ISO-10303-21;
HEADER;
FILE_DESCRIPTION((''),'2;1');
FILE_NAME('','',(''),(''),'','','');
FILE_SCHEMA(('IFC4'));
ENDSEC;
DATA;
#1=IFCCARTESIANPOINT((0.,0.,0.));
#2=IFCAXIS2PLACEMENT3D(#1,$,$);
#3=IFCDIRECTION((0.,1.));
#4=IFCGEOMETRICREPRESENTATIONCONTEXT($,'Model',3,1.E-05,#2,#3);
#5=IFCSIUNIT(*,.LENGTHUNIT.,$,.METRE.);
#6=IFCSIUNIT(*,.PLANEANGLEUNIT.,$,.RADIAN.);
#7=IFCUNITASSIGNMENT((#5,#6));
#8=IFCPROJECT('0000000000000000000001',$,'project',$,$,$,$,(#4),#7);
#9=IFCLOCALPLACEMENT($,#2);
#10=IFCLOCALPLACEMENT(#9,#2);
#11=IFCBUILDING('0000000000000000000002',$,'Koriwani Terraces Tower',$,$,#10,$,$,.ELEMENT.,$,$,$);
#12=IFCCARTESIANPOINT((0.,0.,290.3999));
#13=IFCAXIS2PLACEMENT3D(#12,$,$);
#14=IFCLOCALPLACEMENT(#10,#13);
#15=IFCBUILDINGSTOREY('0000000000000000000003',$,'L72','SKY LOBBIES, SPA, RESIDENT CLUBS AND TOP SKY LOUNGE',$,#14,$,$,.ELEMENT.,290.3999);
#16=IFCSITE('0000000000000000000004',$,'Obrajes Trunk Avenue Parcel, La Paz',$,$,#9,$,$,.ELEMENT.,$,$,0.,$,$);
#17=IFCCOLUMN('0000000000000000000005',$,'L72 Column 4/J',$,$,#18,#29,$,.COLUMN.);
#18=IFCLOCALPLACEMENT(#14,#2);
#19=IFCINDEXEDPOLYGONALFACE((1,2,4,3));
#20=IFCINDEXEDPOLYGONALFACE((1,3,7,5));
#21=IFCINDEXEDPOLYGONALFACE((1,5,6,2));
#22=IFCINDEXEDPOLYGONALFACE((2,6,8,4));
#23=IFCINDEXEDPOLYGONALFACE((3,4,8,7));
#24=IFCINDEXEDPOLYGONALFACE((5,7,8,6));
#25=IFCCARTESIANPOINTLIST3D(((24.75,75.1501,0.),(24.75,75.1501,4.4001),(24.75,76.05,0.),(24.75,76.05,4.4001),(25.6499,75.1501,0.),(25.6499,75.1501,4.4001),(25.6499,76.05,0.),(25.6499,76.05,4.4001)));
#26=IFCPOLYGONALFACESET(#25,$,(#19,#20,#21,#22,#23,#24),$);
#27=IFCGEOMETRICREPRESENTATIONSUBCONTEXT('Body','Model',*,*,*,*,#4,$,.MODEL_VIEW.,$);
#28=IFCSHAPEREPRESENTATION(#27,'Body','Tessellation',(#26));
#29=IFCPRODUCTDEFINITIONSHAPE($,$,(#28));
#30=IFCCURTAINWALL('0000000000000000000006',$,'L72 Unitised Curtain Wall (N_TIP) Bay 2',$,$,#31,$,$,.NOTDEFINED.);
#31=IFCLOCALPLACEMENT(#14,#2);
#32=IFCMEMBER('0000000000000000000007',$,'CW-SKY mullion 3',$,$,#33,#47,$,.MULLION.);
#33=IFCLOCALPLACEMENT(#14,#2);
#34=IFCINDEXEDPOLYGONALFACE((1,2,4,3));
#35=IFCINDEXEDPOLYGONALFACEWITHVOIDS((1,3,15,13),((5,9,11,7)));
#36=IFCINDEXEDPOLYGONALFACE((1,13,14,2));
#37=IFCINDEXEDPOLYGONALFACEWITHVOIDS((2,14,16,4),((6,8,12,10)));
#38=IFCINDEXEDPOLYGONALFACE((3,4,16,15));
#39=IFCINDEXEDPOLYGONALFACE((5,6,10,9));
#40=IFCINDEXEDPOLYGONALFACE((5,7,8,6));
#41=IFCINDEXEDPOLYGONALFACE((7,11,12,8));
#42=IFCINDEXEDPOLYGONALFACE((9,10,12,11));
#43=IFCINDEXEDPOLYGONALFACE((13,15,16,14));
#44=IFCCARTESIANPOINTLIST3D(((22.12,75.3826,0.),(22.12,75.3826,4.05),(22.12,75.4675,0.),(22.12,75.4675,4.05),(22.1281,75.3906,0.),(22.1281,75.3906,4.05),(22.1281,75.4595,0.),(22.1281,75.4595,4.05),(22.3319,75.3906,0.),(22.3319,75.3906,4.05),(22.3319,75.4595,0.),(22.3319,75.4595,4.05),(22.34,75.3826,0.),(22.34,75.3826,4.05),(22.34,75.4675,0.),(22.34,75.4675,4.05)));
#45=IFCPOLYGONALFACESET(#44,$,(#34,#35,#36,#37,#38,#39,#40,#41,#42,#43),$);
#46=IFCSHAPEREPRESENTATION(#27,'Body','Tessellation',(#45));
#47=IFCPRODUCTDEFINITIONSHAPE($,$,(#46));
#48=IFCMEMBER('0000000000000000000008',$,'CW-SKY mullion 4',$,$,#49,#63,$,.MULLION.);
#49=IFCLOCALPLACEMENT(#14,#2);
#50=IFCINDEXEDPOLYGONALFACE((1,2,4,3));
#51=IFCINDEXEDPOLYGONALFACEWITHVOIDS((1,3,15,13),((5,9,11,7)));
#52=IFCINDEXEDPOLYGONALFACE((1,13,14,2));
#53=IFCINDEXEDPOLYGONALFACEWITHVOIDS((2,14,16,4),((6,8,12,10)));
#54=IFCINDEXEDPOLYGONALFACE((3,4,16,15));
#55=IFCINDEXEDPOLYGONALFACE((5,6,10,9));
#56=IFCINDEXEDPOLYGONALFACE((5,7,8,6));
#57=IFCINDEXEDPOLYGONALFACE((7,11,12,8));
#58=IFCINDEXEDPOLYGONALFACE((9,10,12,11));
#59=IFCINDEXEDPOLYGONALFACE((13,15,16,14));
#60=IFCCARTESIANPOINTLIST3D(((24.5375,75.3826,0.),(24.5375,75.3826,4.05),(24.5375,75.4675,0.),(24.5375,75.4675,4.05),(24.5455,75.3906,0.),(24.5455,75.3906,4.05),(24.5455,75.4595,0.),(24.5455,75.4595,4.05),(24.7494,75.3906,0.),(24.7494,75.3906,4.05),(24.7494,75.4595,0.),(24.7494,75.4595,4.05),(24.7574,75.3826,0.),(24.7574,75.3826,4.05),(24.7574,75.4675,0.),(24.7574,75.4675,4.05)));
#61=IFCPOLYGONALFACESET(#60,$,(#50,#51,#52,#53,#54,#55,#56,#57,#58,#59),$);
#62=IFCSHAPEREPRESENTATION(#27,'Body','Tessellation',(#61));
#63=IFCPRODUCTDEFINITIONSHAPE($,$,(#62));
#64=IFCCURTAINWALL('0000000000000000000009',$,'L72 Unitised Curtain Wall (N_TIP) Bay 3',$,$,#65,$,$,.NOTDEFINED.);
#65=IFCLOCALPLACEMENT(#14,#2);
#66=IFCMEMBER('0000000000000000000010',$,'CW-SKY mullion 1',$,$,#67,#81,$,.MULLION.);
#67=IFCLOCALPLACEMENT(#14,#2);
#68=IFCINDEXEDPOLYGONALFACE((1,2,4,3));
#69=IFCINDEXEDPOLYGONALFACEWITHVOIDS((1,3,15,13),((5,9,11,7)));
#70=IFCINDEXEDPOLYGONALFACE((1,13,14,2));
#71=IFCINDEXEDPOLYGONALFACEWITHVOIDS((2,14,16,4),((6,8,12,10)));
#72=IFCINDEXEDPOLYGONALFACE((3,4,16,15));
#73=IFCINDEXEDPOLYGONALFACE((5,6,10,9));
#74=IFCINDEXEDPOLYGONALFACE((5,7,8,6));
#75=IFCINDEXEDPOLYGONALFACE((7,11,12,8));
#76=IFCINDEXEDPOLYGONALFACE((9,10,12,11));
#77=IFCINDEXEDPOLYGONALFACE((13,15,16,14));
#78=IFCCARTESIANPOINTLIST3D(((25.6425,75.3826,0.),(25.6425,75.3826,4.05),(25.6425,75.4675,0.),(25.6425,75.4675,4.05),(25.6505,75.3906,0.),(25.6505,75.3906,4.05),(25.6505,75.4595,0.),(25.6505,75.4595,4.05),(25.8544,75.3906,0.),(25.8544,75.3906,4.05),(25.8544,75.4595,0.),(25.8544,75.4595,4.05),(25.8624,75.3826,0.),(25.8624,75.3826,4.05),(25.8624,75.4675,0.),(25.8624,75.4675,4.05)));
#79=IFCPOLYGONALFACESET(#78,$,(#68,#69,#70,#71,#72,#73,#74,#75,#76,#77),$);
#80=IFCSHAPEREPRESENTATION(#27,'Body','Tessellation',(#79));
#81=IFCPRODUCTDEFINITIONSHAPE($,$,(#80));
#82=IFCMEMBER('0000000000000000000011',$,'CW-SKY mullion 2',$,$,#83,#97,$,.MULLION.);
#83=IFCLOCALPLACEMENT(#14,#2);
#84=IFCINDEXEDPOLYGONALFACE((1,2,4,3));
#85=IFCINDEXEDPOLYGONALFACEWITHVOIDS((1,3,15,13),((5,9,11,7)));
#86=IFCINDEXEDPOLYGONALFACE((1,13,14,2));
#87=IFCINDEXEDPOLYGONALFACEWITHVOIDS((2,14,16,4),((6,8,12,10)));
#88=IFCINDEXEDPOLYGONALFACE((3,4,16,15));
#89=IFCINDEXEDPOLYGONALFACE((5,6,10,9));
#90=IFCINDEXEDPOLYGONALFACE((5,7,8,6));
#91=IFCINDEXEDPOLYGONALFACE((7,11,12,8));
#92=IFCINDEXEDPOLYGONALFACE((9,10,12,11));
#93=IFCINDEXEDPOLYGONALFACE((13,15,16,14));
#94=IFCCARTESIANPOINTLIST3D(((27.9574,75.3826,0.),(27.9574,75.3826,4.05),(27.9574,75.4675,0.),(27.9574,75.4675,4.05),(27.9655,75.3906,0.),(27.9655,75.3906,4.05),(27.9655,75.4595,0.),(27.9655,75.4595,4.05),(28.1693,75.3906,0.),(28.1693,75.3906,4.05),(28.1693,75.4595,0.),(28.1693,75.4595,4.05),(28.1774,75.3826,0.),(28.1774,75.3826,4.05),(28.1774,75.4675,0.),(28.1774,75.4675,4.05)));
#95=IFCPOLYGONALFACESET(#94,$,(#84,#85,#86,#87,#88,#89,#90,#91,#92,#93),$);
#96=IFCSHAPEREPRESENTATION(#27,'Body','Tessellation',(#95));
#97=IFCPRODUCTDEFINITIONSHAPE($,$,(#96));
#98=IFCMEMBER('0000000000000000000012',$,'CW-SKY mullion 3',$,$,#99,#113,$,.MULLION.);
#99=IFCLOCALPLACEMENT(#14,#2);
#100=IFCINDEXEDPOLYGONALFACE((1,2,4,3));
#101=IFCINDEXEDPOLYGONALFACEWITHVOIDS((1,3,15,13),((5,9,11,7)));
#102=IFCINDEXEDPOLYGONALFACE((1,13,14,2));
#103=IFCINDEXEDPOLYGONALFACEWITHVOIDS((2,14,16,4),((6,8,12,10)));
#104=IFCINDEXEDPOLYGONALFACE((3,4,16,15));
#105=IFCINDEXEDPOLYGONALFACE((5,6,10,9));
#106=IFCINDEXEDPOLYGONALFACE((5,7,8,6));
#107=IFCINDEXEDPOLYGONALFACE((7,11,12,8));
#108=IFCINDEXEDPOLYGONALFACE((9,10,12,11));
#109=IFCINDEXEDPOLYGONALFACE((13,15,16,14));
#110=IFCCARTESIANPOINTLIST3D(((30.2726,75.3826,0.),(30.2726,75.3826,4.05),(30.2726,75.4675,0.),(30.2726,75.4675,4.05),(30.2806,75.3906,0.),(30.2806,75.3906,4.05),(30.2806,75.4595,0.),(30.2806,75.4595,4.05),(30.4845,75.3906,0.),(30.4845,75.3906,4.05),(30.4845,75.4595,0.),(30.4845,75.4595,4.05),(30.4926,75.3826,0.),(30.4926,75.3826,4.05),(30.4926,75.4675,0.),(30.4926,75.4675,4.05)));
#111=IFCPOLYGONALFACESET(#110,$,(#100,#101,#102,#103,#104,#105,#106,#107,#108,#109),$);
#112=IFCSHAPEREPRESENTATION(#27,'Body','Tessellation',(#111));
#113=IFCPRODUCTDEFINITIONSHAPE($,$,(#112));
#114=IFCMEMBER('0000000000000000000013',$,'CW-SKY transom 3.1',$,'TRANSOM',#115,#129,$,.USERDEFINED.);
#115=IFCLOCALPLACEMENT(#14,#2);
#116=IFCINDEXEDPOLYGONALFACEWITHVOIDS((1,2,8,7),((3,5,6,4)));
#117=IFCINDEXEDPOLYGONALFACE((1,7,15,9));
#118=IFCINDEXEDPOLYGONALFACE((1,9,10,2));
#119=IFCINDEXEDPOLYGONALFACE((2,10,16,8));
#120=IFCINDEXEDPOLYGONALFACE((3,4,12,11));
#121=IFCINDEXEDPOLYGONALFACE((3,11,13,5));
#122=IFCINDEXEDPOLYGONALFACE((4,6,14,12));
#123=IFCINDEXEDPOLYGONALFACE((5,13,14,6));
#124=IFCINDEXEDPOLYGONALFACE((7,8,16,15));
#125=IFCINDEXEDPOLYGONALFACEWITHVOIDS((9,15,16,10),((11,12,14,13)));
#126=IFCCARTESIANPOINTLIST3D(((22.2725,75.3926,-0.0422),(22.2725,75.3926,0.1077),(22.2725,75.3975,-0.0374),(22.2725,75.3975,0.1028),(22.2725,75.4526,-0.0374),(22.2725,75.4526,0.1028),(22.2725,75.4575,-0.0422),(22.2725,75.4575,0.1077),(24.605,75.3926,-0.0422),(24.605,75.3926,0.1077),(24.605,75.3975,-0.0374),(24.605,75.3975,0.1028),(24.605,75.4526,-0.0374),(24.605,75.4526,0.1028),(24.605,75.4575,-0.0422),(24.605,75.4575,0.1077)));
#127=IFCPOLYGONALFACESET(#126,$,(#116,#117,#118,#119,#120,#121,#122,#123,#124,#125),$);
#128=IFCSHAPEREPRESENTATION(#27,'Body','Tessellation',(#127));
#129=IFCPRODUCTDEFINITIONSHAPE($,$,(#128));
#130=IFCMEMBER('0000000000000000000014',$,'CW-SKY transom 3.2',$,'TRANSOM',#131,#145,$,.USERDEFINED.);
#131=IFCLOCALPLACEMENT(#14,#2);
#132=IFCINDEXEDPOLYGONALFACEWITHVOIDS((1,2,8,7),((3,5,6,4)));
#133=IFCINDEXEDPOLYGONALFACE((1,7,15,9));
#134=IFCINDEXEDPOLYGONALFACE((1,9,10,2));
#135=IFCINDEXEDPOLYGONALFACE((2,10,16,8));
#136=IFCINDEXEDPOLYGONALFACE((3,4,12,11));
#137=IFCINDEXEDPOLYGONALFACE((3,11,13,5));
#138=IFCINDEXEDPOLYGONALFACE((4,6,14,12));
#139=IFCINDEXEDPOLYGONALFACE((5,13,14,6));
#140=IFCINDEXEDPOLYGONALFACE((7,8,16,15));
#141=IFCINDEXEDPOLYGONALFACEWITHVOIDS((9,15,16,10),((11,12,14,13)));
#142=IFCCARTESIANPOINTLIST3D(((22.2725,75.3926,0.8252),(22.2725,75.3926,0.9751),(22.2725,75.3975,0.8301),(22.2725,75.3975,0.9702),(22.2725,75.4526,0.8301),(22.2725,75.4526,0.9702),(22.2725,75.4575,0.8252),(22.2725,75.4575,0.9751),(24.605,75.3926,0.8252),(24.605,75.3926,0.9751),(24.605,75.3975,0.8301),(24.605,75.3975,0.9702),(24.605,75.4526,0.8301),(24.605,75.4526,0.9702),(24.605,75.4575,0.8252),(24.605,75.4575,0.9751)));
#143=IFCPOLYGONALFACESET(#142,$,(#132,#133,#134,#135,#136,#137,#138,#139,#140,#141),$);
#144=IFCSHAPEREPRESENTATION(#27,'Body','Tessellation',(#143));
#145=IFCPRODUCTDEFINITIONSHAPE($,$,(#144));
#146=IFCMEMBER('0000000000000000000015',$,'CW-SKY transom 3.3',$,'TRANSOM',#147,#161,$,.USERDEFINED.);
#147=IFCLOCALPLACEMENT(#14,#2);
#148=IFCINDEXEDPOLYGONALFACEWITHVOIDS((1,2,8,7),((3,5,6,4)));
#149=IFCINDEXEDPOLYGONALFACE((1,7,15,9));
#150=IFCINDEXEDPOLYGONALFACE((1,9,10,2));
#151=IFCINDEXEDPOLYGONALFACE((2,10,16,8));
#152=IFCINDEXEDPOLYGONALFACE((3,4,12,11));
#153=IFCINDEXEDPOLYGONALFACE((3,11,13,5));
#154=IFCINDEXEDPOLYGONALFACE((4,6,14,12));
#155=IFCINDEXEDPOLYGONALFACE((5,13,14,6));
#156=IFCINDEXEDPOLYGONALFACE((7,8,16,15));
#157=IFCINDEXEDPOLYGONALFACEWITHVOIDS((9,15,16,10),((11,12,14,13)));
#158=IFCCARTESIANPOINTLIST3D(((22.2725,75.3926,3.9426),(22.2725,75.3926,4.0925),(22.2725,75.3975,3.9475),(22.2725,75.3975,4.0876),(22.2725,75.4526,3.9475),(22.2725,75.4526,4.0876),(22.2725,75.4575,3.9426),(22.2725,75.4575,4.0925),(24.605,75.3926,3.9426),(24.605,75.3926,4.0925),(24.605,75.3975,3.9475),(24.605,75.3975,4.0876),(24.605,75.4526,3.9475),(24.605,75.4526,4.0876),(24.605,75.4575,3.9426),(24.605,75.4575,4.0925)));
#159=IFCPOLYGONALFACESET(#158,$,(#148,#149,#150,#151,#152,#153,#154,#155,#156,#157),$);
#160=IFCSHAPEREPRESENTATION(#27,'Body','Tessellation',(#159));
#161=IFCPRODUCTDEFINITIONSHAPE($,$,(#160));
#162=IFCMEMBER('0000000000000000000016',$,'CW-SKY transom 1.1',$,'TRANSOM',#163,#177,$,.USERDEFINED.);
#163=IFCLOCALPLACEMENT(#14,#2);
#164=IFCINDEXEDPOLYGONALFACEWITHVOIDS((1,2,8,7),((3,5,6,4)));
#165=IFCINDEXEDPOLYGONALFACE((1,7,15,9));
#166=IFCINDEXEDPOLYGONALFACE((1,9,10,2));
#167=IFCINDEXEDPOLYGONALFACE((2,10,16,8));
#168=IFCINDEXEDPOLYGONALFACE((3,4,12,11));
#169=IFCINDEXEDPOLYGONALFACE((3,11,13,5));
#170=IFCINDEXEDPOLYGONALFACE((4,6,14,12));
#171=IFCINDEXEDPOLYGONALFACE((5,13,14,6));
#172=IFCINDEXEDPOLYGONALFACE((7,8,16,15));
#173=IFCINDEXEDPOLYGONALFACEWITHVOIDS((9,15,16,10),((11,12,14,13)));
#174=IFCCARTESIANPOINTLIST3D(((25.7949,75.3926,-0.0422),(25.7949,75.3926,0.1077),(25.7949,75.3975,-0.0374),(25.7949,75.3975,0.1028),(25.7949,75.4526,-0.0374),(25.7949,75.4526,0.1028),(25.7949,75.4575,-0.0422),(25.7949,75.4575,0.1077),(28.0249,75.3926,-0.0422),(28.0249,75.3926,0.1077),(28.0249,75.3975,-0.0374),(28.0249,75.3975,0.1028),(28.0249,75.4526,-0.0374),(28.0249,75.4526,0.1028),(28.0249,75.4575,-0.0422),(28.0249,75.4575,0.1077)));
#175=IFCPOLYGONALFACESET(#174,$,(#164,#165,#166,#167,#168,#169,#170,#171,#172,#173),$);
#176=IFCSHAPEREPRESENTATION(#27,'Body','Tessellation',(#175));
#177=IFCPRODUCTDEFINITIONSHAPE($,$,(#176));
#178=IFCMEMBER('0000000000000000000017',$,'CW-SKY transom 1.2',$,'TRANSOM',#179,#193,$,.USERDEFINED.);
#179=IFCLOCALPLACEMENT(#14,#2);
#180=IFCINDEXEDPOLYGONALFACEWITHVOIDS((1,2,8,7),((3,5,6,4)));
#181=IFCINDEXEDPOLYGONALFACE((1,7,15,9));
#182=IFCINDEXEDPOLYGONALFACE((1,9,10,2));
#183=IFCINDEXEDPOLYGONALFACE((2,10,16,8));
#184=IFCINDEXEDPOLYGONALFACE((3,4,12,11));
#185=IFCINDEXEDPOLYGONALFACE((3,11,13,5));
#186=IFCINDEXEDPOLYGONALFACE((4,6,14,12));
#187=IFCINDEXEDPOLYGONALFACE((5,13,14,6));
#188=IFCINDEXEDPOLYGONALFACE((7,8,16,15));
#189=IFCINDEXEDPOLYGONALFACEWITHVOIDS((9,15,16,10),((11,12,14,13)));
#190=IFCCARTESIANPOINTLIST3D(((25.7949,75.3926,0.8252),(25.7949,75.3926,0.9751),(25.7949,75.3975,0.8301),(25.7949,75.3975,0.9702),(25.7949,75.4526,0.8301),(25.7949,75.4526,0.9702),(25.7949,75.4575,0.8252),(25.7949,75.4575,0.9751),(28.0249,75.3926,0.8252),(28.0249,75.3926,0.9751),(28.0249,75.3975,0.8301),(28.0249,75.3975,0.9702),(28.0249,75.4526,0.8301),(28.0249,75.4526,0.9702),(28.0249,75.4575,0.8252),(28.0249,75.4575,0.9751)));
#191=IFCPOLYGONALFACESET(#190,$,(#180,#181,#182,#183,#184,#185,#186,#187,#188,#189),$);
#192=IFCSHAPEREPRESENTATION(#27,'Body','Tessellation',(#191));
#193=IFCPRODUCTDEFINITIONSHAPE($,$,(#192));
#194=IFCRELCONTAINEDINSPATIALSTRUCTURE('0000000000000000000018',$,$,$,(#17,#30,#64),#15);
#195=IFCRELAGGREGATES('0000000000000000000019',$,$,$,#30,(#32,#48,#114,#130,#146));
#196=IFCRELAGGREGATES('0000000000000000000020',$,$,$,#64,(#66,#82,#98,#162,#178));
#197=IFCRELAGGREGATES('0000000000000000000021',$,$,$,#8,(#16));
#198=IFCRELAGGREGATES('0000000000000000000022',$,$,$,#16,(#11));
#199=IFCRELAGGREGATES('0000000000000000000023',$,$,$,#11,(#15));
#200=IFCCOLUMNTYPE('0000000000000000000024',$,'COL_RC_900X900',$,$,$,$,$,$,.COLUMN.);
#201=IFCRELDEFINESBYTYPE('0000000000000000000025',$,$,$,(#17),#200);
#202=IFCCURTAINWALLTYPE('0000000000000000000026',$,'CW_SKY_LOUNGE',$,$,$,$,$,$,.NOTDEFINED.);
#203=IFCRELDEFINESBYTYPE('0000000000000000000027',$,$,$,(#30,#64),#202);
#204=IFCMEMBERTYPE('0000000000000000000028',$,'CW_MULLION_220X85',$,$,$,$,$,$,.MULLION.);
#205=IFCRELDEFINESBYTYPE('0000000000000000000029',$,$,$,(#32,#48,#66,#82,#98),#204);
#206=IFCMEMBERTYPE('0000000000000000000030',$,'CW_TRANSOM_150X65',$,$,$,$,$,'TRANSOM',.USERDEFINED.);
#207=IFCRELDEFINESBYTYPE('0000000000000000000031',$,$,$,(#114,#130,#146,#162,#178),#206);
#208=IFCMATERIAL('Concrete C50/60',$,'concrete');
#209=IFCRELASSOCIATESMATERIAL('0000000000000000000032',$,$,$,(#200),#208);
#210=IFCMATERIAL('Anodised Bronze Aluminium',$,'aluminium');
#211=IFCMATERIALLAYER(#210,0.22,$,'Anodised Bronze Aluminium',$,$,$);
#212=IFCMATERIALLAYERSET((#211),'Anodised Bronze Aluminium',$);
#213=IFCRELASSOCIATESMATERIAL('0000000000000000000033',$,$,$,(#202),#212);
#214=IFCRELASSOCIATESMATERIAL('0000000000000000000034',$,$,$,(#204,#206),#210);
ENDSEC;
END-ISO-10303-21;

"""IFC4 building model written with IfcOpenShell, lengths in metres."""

from ifc_helpers import new_model, si_unit, direction, frame, origin, origin_2d, place, context, subcontext, project, spatial, rectangle, hollow_rectangle, extrude, material, layer, layer_set, material_profile, profile_set, type_object, element, aggregate, save


model = new_model("IFC4")

# Units and contexts
model_context = context("Model", 3, precision=1e-05, world=origin(), true_north=direction((0.0, 1.0)))
body_context = subcontext(model_context, "Body", "Model", "MODEL_VIEW")
ifc_project = project(units=[si_unit("LENGTHUNIT", "METRE"), si_unit("PLANEANGLEUNIT", "RADIAN")], contexts=[model_context])

# Site, building, storey
site_placement = place(None, origin())
site = spatial("IfcSite", under=ifc_project, at=site_placement, Name="Obrajes Trunk Avenue Parcel, La Paz", CompositionType="ELEMENT", RefElevation=0.0)
building_placement = place(site_placement, origin())
building = spatial("IfcBuilding", under=site, at=building_placement, Name="Koriwani Terraces Tower", CompositionType="ELEMENT")
storey_placement = place(building_placement, frame((0.0, 0.0, 290.3999)))
storey = spatial("IfcBuildingStorey", under=building, at=storey_placement, Name="L72", Description="SKY LOBBIES, SPA, RESIDENT CLUBS AND TOP SKY LOUNGE", CompositionType="ELEMENT", Elevation=290.3999)

# Column
ifc_material_1 = material(Name="Concrete C50/60", Category="concrete")
ifc_material_profile_1 = material_profile(ifc_material_1, rectangle(XDim=0.8999, YDim=0.8999, at=origin_2d()), Name="Concrete C50/60", Category="LoadBearing")
ifc_profile_set_1 = profile_set([ifc_material_profile_1], Name="Concrete C50/60")
column_type = type_object("IfcColumnType", Name="COL_RC_900X900", PredefinedType="COLUMN", material=ifc_profile_set_1)
column_placement = place(storey_placement, frame((25.2, 75.6001, 0.0), z_axis=(0.0, 0.0, 1.0), x_axis=(1.0, 0.0, 0.0)))
element("IfcColumn", 1, at=column_placement, inside=storey, type_object=column_type, Name="L72 Column 4/J", PredefinedType="COLUMN", context=body_context, shape_type="SweptSolid", body=[
    extrude(rectangle(XDim=0.8999, YDim=0.8999, at=origin_2d()), origin(), (0.0, 0.0, 1.0), 4.4001),
])

# Curtain walls, members
ifc_material_2 = material(Name="Anodised Bronze Aluminium", Category="aluminium")
ifc_layer_1 = layer(ifc_material_2, 0.22, Name="Anodised Bronze Aluminium")
ifc_layer_set_1 = layer_set([ifc_layer_1], Name="Anodised Bronze Aluminium")
curtain_wall_type = type_object("IfcCurtainWallType", Name="CW_SKY_LOUNGE", PredefinedType="NOTDEFINED", material=ifc_layer_set_1)
curtain_wall_1_placement = place(storey_placement, origin())
curtain_wall_1 = element("IfcCurtainWall", 2, at=curtain_wall_1_placement, inside=storey, type_object=curtain_wall_type, Name="L72 Unitised Curtain Wall (N_TIP) Bay 2", PredefinedType="NOTDEFINED")
ifc_material_profile_2 = material_profile(ifc_material_2, hollow_rectangle(XDim=0.085, YDim=0.22, WallThickness=0.0081, at=origin_2d()), Name="Anodised Bronze Aluminium", Category="LoadBearing")
ifc_profile_set_2 = profile_set([ifc_material_profile_2], Name="Anodised Bronze Aluminium")
member_type_1 = type_object("IfcMemberType", Name="CW_MULLION_220X85", PredefinedType="MULLION", material=ifc_profile_set_2)
member_1_placement = place(storey_placement, frame((22.23, 75.425, 0.0), z_axis=(0.0, 0.0, 1.0), x_axis=(0.0, 1.0, 0.0)))
member_1 = element("IfcMember", 3, at=member_1_placement, type_object=member_type_1, Name="CW-SKY mullion 3", PredefinedType="MULLION", context=body_context, shape_type="SweptSolid", body=[
    extrude(hollow_rectangle(XDim=0.085, YDim=0.22, WallThickness=0.0081, at=origin_2d()), origin(), (0.0, 0.0, 1.0), 4.05),
])
member_2_placement = place(storey_placement, frame((24.6475, 75.425, 0.0), z_axis=(0.0, 0.0, 1.0), x_axis=(0.0, 1.0, 0.0)))
member_2 = element("IfcMember", 4, at=member_2_placement, type_object=member_type_1, Name="CW-SKY mullion 4", PredefinedType="MULLION", context=body_context, shape_type="SweptSolid", body=[
    extrude(hollow_rectangle(XDim=0.085, YDim=0.22, WallThickness=0.0081, at=origin_2d()), origin(), (0.0, 0.0, 1.0), 4.05),
])
curtain_wall_2_placement = place(storey_placement, origin())
curtain_wall_2 = element("IfcCurtainWall", 5, at=curtain_wall_2_placement, inside=storey, type_object=curtain_wall_type, Name="L72 Unitised Curtain Wall (N_TIP) Bay 3", PredefinedType="NOTDEFINED")
member_3_placement = place(storey_placement, frame((25.7524, 75.425, 0.0), z_axis=(0.0, 0.0, 1.0), x_axis=(0.0, 1.0, 0.0)))
member_3 = element("IfcMember", 6, at=member_3_placement, type_object=member_type_1, Name="CW-SKY mullion 1", PredefinedType="MULLION", context=body_context, shape_type="SweptSolid", body=[
    extrude(hollow_rectangle(XDim=0.085, YDim=0.22, WallThickness=0.0081, at=origin_2d()), origin(), (0.0, 0.0, 1.0), 4.05),
])
member_4_placement = place(storey_placement, frame((28.0674, 75.425, 0.0), z_axis=(0.0, 0.0, 1.0), x_axis=(0.0, 1.0, 0.0)))
member_4 = element("IfcMember", 7, at=member_4_placement, type_object=member_type_1, Name="CW-SKY mullion 2", PredefinedType="MULLION", context=body_context, shape_type="SweptSolid", body=[
    extrude(hollow_rectangle(XDim=0.085, YDim=0.22, WallThickness=0.0081, at=origin_2d()), origin(), (0.0, 0.0, 1.0), 4.05),
])
member_5_placement = place(storey_placement, frame((30.3826, 75.425, 0.0), z_axis=(0.0, 0.0, 1.0), x_axis=(0.0, 1.0, 0.0)))
member_5 = element("IfcMember", 8, at=member_5_placement, type_object=member_type_1, Name="CW-SKY mullion 3", PredefinedType="MULLION", context=body_context, shape_type="SweptSolid", body=[
    extrude(hollow_rectangle(XDim=0.085, YDim=0.22, WallThickness=0.0081, at=origin_2d()), origin(), (0.0, 0.0, 1.0), 4.05),
])

# Members
ifc_material_profile_3 = material_profile(ifc_material_2, hollow_rectangle(XDim=0.0649, YDim=0.1499, WallThickness=0.0049, at=origin_2d()), Name="Anodised Bronze Aluminium", Category="LoadBearing")
ifc_profile_set_3 = profile_set([ifc_material_profile_3], Name="Anodised Bronze Aluminium")
member_type_2 = type_object("IfcMemberType", Name="CW_TRANSOM_150X65", ElementType="TRANSOM", PredefinedType="USERDEFINED", material=ifc_profile_set_3)
member_6_placement = place(storey_placement, frame((22.2725, 75.425, 0.0327), z_axis=(1.0, 0.0, 0.0), x_axis=(0.0, 1.0, 0.0)))
member_6 = element("IfcMember", 9, at=member_6_placement, type_object=member_type_2, Name="CW-SKY transom 3.1", ObjectType="TRANSOM", PredefinedType="USERDEFINED", context=body_context, shape_type="SweptSolid", body=[
    extrude(hollow_rectangle(XDim=0.0649, YDim=0.1499, WallThickness=0.0049, at=origin_2d()), origin(), (0.0, 0.0, 1.0), 2.3325),
])
member_7_placement = place(storey_placement, frame((22.2725, 75.425, 0.9001), z_axis=(1.0, 0.0, 0.0), x_axis=(0.0, 1.0, 0.0)))
member_7 = element("IfcMember", 10, at=member_7_placement, type_object=member_type_2, Name="CW-SKY transom 3.2", ObjectType="TRANSOM", PredefinedType="USERDEFINED", context=body_context, shape_type="SweptSolid", body=[
    extrude(hollow_rectangle(XDim=0.0649, YDim=0.1499, WallThickness=0.0049, at=origin_2d()), origin(), (0.0, 0.0, 1.0), 2.3325),
])
member_8_placement = place(storey_placement, frame((22.2725, 75.425, 4.0176), z_axis=(1.0, 0.0, 0.0), x_axis=(0.0, 1.0, 0.0)))
member_8 = element("IfcMember", 11, at=member_8_placement, type_object=member_type_2, Name="CW-SKY transom 3.3", ObjectType="TRANSOM", PredefinedType="USERDEFINED", context=body_context, shape_type="SweptSolid", body=[
    extrude(hollow_rectangle(XDim=0.0649, YDim=0.1499, WallThickness=0.0049, at=origin_2d()), origin(), (0.0, 0.0, 1.0), 2.3325),
])
member_9_placement = place(storey_placement, frame((25.7949, 75.425, 0.0327), z_axis=(1.0, 0.0, 0.0), x_axis=(0.0, 1.0, 0.0)))
member_9 = element("IfcMember", 12, at=member_9_placement, type_object=member_type_2, Name="CW-SKY transom 1.1", ObjectType="TRANSOM", PredefinedType="USERDEFINED", context=body_context, shape_type="SweptSolid", body=[
    extrude(hollow_rectangle(XDim=0.0649, YDim=0.1499, WallThickness=0.0049, at=origin_2d()), origin(), (0.0, 0.0, 1.0), 2.23),
])
member_10_placement = place(storey_placement, frame((25.7949, 75.425, 0.9001), z_axis=(1.0, 0.0, 0.0), x_axis=(0.0, 1.0, 0.0)))
member_10 = element("IfcMember", 13, at=member_10_placement, type_object=member_type_2, Name="CW-SKY transom 1.2", ObjectType="TRANSOM", PredefinedType="USERDEFINED", context=body_context, shape_type="SweptSolid", body=[
    extrude(hollow_rectangle(XDim=0.0649, YDim=0.1499, WallThickness=0.0049, at=origin_2d()), origin(), (0.0, 0.0, 1.0), 2.23),
])

aggregate(curtain_wall_1, [member_1, member_2, member_6, member_7, member_8])
aggregate(curtain_wall_2, [member_3, member_4, member_5, member_9, member_10])

save(model, "model.ifc")
